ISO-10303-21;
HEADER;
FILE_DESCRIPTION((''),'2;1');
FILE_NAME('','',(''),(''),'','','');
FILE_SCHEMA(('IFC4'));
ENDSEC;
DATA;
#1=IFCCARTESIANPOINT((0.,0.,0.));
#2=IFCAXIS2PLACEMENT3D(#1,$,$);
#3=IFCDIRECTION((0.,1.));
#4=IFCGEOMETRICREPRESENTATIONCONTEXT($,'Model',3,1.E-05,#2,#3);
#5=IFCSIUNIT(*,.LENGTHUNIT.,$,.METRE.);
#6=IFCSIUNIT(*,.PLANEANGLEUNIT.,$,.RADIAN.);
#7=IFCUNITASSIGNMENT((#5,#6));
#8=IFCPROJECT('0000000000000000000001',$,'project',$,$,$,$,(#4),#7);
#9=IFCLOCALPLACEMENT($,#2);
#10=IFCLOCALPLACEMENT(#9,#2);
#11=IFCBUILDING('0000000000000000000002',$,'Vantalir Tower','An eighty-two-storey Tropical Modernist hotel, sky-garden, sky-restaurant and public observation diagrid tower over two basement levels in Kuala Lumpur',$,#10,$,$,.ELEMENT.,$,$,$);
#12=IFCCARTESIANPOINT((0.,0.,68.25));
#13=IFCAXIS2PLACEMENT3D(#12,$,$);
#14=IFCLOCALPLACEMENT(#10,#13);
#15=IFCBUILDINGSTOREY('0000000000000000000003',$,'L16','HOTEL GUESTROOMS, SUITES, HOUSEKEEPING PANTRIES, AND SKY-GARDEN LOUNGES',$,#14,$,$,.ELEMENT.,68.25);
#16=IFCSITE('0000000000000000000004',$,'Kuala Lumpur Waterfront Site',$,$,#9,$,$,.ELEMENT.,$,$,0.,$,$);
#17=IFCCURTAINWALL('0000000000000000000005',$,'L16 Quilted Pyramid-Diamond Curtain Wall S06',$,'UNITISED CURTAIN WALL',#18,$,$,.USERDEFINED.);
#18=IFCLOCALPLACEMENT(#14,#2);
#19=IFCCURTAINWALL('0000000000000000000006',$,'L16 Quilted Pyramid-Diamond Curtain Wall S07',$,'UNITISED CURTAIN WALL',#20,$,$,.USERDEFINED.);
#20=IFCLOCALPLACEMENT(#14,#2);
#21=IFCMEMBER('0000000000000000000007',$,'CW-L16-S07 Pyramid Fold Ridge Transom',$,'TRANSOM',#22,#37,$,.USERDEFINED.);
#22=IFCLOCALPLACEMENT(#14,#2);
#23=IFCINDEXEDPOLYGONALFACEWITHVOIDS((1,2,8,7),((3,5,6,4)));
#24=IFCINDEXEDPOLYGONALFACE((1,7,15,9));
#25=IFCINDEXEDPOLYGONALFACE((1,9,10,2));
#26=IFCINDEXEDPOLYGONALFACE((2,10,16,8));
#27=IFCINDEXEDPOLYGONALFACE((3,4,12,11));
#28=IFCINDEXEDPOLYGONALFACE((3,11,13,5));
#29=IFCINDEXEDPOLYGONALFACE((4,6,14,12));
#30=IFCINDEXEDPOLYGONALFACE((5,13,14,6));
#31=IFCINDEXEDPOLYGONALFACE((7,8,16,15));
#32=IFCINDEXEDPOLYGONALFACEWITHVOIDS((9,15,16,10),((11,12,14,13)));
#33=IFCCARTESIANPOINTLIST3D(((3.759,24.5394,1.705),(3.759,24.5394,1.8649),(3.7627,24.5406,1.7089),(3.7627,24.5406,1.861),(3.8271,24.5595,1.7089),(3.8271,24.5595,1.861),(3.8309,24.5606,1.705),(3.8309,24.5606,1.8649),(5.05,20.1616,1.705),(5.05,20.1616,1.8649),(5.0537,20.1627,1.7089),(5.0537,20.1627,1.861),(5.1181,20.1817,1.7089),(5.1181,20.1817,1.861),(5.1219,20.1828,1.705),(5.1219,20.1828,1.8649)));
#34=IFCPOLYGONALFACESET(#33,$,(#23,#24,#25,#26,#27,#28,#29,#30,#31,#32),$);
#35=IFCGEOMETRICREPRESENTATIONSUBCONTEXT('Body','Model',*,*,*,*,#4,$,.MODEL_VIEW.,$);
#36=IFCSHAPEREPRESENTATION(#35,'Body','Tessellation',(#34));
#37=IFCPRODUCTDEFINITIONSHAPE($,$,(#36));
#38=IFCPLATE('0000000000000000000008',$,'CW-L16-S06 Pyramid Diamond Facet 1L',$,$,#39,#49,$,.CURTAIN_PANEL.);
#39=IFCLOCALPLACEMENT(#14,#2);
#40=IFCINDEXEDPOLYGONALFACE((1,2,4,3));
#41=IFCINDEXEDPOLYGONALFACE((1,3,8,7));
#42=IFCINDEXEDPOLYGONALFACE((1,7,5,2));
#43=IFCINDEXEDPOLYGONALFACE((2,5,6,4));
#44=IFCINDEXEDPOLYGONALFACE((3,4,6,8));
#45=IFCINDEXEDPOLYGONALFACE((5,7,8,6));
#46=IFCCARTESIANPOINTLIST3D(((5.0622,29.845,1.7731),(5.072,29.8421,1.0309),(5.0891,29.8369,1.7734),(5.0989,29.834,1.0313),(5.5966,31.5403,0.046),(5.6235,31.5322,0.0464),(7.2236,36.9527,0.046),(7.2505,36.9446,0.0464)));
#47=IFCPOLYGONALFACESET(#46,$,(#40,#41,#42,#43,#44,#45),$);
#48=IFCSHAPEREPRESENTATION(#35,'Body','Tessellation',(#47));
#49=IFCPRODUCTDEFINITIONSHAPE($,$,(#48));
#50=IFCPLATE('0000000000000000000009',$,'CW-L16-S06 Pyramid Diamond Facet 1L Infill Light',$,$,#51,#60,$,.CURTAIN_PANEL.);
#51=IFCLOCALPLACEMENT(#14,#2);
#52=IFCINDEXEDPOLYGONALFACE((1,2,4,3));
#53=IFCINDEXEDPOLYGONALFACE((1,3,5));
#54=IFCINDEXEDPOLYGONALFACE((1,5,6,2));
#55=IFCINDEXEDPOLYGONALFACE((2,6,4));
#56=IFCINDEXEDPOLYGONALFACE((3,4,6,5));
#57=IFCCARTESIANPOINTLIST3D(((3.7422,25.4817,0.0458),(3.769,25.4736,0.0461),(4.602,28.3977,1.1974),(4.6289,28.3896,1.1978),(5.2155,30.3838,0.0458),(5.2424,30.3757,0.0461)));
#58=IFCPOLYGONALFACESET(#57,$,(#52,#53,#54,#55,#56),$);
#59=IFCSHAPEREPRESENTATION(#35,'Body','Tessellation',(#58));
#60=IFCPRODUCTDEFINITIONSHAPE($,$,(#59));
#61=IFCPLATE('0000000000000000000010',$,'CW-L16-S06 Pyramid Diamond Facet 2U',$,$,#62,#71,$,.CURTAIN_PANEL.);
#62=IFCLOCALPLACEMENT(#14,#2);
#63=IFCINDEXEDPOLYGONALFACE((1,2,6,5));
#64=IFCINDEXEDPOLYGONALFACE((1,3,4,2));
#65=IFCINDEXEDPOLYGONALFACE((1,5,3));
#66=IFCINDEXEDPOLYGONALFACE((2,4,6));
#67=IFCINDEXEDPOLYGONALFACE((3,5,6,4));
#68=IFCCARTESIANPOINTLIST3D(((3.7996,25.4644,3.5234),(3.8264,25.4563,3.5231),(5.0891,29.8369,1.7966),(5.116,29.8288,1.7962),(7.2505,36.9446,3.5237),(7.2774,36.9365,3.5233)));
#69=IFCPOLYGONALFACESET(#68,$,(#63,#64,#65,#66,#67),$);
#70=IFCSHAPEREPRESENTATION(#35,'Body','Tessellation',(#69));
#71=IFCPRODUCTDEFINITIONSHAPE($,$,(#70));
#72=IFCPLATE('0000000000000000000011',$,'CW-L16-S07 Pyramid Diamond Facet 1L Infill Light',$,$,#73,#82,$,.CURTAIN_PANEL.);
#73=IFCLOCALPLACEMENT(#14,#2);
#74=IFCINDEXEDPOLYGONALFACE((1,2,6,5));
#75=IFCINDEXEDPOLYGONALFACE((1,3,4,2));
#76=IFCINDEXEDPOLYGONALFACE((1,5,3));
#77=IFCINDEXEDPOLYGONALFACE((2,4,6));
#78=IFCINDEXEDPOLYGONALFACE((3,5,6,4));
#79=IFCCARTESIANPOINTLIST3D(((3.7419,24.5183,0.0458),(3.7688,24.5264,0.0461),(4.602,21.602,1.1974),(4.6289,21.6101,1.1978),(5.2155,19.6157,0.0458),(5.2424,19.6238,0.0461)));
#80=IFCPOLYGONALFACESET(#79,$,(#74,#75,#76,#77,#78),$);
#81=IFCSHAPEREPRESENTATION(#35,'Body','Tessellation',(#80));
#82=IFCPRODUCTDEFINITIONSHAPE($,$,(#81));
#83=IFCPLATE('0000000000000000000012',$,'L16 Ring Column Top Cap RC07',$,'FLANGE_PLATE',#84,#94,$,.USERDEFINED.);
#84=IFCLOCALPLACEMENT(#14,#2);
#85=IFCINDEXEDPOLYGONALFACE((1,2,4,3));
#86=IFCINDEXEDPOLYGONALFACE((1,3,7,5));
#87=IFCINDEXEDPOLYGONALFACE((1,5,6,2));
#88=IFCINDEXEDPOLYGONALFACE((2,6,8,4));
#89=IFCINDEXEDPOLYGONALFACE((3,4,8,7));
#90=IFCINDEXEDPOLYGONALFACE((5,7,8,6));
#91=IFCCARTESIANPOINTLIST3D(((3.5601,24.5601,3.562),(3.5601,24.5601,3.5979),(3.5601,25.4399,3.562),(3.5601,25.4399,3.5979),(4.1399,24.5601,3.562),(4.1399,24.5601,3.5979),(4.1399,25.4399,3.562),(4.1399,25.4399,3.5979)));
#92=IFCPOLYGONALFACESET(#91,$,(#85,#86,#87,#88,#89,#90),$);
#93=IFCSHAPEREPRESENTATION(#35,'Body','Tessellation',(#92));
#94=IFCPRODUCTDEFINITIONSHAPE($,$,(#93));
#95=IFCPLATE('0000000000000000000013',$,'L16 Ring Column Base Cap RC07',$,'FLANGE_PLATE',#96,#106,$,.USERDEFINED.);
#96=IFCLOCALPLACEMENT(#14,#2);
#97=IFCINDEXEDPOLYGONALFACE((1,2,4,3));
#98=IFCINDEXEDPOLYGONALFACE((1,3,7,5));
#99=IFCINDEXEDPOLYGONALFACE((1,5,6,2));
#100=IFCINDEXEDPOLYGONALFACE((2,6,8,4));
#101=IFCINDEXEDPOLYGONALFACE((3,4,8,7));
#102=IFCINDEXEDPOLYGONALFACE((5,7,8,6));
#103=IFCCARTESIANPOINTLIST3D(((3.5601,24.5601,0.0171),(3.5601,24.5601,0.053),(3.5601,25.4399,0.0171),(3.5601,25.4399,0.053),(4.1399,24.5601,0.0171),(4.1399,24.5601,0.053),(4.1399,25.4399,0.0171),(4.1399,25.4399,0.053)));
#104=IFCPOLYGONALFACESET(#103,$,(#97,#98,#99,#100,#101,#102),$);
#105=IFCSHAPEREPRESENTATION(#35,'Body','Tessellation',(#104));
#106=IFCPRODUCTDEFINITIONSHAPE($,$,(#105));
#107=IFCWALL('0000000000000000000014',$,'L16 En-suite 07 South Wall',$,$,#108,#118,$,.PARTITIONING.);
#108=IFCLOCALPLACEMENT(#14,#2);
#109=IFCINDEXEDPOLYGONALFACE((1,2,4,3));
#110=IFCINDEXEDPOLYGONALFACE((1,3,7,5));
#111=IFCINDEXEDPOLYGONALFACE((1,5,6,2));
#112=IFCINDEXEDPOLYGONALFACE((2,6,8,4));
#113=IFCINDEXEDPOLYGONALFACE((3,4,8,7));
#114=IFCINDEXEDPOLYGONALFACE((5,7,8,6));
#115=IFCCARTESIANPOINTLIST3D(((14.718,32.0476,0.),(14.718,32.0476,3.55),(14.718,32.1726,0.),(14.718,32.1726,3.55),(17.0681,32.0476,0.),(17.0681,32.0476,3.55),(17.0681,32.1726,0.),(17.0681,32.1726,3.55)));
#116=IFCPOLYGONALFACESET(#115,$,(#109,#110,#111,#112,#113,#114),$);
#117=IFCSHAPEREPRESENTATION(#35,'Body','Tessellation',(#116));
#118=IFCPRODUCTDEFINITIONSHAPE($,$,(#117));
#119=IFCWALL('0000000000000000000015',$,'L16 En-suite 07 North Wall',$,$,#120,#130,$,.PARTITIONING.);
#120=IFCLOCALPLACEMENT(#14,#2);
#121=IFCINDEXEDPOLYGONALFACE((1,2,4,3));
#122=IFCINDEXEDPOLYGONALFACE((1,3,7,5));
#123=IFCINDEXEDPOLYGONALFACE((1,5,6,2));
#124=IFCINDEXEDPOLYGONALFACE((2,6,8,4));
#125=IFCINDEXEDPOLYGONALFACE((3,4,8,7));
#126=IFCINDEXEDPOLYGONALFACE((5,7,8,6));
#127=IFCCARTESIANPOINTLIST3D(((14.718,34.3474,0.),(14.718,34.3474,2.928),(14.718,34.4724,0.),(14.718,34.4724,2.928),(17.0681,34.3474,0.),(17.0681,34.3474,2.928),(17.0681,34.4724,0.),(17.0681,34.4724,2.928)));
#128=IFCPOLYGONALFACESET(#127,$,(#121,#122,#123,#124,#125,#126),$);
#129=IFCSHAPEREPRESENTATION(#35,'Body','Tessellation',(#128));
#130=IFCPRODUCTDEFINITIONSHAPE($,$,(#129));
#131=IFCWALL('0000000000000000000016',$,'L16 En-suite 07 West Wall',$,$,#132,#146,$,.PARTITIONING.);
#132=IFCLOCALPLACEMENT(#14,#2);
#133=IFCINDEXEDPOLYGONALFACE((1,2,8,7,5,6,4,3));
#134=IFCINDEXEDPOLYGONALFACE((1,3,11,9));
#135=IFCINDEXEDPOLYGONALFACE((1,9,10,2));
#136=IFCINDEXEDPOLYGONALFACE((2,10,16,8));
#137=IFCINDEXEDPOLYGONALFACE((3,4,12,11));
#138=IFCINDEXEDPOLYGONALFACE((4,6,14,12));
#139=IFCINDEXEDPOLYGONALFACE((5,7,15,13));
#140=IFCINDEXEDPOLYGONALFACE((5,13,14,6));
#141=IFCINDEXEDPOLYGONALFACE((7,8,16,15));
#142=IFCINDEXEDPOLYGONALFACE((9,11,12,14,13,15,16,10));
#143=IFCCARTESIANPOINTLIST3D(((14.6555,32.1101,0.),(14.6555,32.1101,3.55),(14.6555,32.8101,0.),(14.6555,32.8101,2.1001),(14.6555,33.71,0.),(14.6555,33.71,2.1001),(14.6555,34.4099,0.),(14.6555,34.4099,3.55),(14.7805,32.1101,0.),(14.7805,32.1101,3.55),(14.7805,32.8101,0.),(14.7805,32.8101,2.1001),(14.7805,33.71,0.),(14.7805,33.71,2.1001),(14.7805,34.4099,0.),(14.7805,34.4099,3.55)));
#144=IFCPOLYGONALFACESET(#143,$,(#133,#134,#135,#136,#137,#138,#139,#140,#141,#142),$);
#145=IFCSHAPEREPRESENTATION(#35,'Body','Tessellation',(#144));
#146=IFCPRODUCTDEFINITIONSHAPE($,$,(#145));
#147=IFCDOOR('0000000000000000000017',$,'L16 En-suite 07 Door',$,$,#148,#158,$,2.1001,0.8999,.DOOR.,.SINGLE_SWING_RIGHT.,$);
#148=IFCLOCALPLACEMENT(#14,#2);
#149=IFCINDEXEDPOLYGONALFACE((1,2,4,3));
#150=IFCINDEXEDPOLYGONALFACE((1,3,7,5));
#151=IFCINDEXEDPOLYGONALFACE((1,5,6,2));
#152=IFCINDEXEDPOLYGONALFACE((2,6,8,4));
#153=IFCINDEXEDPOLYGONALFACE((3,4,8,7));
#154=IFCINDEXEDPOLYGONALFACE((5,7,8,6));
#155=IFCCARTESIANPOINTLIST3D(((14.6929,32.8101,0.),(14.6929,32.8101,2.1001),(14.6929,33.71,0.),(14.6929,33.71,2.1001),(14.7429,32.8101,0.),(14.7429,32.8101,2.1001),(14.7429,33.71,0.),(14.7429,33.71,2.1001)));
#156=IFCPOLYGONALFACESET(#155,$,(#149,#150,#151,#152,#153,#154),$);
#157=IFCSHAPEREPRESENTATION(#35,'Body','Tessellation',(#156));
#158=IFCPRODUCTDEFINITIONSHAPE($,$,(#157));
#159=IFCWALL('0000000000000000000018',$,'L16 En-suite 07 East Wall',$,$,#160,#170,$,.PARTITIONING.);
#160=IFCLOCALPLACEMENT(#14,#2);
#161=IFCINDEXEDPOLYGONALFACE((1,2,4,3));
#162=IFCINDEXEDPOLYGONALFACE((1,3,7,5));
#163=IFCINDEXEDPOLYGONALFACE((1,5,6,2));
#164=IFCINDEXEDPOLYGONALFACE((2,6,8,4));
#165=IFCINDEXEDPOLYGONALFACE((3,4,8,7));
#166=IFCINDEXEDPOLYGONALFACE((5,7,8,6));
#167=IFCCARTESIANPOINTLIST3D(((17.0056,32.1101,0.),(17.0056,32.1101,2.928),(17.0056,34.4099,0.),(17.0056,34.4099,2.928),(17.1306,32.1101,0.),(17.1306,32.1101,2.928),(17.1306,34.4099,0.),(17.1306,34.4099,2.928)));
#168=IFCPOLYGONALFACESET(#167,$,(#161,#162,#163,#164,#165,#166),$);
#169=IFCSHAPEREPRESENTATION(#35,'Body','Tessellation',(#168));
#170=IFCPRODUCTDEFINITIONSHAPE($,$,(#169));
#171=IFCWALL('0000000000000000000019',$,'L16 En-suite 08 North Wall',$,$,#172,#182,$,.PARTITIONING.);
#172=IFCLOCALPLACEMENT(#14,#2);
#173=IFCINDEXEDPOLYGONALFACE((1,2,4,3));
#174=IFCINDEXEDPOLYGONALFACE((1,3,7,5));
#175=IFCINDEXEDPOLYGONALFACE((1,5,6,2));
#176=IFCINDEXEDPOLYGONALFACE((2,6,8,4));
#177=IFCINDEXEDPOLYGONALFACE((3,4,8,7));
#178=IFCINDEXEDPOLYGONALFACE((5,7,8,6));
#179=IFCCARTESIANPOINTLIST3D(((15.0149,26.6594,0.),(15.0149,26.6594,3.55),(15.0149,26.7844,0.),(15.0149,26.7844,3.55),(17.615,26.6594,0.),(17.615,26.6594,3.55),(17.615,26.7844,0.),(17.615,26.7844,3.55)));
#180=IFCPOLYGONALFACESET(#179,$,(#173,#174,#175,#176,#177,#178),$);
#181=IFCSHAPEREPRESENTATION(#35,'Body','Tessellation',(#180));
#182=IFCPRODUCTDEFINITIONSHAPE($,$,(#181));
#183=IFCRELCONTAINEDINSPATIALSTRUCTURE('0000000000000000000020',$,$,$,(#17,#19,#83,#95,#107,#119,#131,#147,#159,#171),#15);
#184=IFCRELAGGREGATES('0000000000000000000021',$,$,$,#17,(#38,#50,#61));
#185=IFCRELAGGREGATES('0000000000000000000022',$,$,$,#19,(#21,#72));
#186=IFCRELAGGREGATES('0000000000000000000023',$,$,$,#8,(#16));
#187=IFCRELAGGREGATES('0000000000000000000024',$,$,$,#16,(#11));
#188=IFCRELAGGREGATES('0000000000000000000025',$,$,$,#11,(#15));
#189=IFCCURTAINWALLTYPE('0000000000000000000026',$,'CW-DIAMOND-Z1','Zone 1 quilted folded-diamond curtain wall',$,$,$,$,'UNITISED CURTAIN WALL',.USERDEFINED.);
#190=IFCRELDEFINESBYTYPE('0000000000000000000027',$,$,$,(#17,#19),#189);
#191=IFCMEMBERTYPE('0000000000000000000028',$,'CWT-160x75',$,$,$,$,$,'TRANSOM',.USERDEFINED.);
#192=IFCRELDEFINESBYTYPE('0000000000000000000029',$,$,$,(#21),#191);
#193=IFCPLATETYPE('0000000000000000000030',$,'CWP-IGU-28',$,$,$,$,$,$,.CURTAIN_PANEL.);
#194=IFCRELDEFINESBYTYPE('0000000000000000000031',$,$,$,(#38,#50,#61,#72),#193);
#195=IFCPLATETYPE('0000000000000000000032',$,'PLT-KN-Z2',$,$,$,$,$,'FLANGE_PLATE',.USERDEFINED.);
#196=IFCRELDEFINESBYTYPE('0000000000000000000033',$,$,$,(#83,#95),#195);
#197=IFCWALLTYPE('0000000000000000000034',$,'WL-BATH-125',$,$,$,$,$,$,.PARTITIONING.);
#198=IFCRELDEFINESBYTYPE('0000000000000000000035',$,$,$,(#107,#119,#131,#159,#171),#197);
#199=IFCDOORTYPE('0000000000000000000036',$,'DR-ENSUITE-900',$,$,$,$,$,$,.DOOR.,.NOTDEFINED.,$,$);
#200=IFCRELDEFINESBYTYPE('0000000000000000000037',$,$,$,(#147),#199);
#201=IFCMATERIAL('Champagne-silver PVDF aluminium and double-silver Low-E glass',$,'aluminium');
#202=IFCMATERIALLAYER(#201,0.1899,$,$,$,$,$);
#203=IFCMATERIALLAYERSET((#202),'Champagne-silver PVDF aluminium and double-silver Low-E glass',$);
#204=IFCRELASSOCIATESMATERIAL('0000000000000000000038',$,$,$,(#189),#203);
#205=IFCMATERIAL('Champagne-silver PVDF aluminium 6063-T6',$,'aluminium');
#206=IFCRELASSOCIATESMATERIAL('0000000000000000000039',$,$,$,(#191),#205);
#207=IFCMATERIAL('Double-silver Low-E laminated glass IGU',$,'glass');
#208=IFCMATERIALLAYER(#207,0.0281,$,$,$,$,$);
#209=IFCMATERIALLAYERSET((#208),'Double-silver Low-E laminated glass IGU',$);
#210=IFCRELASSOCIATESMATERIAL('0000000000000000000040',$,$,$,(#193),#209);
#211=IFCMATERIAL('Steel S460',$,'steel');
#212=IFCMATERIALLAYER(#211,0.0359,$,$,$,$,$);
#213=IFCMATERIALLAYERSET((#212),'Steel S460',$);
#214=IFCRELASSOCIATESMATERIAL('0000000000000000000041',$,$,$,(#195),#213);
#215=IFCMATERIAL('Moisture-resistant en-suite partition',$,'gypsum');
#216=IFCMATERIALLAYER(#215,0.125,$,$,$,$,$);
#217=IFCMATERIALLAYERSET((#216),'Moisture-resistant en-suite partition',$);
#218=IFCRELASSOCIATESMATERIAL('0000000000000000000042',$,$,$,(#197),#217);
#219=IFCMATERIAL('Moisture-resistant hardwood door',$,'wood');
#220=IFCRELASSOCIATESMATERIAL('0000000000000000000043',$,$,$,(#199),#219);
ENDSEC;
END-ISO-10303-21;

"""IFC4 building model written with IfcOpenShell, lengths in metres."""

from ifc_helpers import new_model, si_unit, direction, frame, frame_2d, origin, origin_2d, place, context, subcontext, project, spatial, polyline, rectangle, hollow_rectangle, outline, extrude, material, layer, layer_set, material_profile, profile_set, type_object, element, fill, aggregate, save


model = new_model("IFC4")

# Units and contexts
model_context = context("Model", 3, precision=1e-05, world=origin(), true_north=direction((0.0, 1.0)))
body_context = subcontext(model_context, "Body", "Model", "MODEL_VIEW")
ifc_project = project(units=[si_unit("LENGTHUNIT", "METRE"), si_unit("PLANEANGLEUNIT", "RADIAN")], contexts=[model_context])

# Site, building, storey
site_placement = place(None, origin())
site = spatial("IfcSite", under=ifc_project, at=site_placement, Name="Kuala Lumpur Waterfront Site", CompositionType="ELEMENT", RefElevation=0.0)
building_placement = place(site_placement, origin())
building = spatial("IfcBuilding", under=site, at=building_placement, Name="Vantalir Tower", Description="An eighty-two-storey Tropical Modernist hotel, sky-garden, sky-restaurant and public observation diagrid tower over two basement levels in Kuala Lumpur", CompositionType="ELEMENT")
storey_placement = place(building_placement, frame((0.0, 0.0, 68.25)))
storey = spatial("IfcBuildingStorey", under=building, at=storey_placement, Name="L16", Description="HOTEL GUESTROOMS, SUITES, HOUSEKEEPING PANTRIES, AND SKY-GARDEN LOUNGES", CompositionType="ELEMENT", Elevation=68.25)

# Shared definitions
ifc_material_1 = material(Name="Steel S460", Category="steel")

# Curtain wall
ifc_material_2 = material(Name="Champagne-silver PVDF aluminium and double-silver Low-E glass", Category="aluminium")
ifc_layer_1 = layer(ifc_material_2, 0.1899)
ifc_layer_set_1 = layer_set([ifc_layer_1], Name="Champagne-silver PVDF aluminium and double-silver Low-E glass")
curtain_wall_type = type_object("IfcCurtainWallType", Name="CW-DIAMOND-Z1", Description="Zone 1 quilted folded-diamond curtain wall", ElementType="UNITISED CURTAIN WALL", PredefinedType="USERDEFINED", material=ifc_layer_set_1)
curtain_wall_1_placement = place(storey_placement, origin())
curtain_wall_1 = element("IfcCurtainWall", 1, at=curtain_wall_1_placement, inside=storey, type_object=curtain_wall_type, Name="L16 Quilted Pyramid-Diamond Curtain Wall S06", ObjectType="UNITISED CURTAIN WALL", PredefinedType="USERDEFINED")
ifc_material_3 = material(Name="Champagne-silver PVDF aluminium 6063-T6", Category="aluminium")

# Curtain wall, member
curtain_wall_2_placement = place(storey_placement, origin())
curtain_wall_2 = element("IfcCurtainWall", 2, at=curtain_wall_2_placement, inside=storey, type_object=curtain_wall_type, Name="L16 Quilted Pyramid-Diamond Curtain Wall S07", ObjectType="UNITISED CURTAIN WALL", PredefinedType="USERDEFINED")
ifc_material_profile_1 = material_profile(ifc_material_3, hollow_rectangle(XDim=0.075, YDim=0.1599, WallThickness=0.0039, at=origin_2d()), Name="Champagne-silver PVDF aluminium 6063-T6")
ifc_profile_set_1 = profile_set([ifc_material_profile_1], Name="Champagne-silver PVDF aluminium 6063-T6")
member_type_1 = type_object("IfcMemberType", Name="CWT-160x75", ElementType="TRANSOM", PredefinedType="USERDEFINED", material=ifc_profile_set_1)
member_1_placement = place(storey_placement, frame((3.7949, 24.55, 1.7849), z_axis=(0.28285, -0.959164, 0.0), x_axis=(0.959164, 0.28285, 0.0)))
member_1 = element("IfcMember", 3, at=member_1_placement, type_object=member_type_1, Name="CW-L16-S07 Pyramid Fold Ridge Transom", ObjectType="TRANSOM", PredefinedType="USERDEFINED", context=body_context, shape_type="SweptSolid", body=[
    extrude(hollow_rectangle(XDim=0.075, YDim=0.1599, WallThickness=0.0039, at=origin_2d()), origin(), (0.0, 0.0, 1.0), 4.5642),
])

# Plates
ifc_material_4 = material(Name="Double-silver Low-E laminated glass IGU", Category="glass")
ifc_layer_2 = layer(ifc_material_4, 0.0281)
ifc_layer_set_2 = layer_set([ifc_layer_2], Name="Double-silver Low-E laminated glass IGU")
plate_type_1 = type_object("IfcPlateType", Name="CWP-IGU-28", PredefinedType="CURTAIN_PANEL", material=ifc_layer_set_2)
plate_1_placement = place(storey_placement, frame((7.2505, 36.9446, 0.0464), z_axis=(0.957577, -0.28785, 0.013755), x_axis=(-0.287877, -0.957667, 0.0)))
plate_1 = element("IfcPlate", 4, at=plate_1_placement, type_object=plate_type_1, Name="CW-L16-S06 Pyramid Diamond Facet 1L", PredefinedType="CURTAIN_PANEL", context=body_context, shape_type="SweptSolid", body=[
    extrude(outline(polyline([(0.0, 0.0), (5.6516, 0.0), (7.429, -0.985), (7.429, -1.7272), (0.0, 0.0)])), origin(), (0.0, 0.0, -1.0), 0.0281),
])
plate_2_placement = place(storey_placement, frame((5.2424, 30.3757, 0.0461), z_axis=(0.957587, -0.287815, 0.013789), x_axis=(-0.287842, -0.957678, 0.0)))
plate_2 = element("IfcPlate", 5, at=plate_2_placement, type_object=plate_type_1, Name="CW-L16-S06 Pyramid Diamond Facet 1L Infill Light", PredefinedType="CURTAIN_PANEL", context=body_context, shape_type="SweptSolid", body=[
    extrude(outline(polyline([(0.0, 0.0), (5.1187, 0.0), (2.0786, -1.1517), (0.0, 0.0)])), origin(), (0.0, 0.0, -1.0), 0.0281),
])
plate_3_placement = place(storey_placement, frame((3.7996, 25.4644, 3.5234), z_axis=(-0.957578, 0.287845, 0.013768), x_axis=(0.287873, 0.957669, 0.00002)))
plate_3 = element("IfcPlate", 6, at=plate_3_placement, type_object=plate_type_1, Name="CW-L16-S06 Pyramid Diamond Facet 2U", PredefinedType="CURTAIN_PANEL", context=body_context, shape_type="SweptSolid", body=[
    extrude(outline(polyline([(0.0, 0.0), (11.9877, 0.0), (4.5587, 1.7271), (0.0, 0.0)])), origin(), (0.0, 0.0, -1.0), 0.0281),
])
aggregate(curtain_wall_1, [plate_1, plate_2, plate_3])
plate_4_placement = place(storey_placement, frame((3.7688, 24.5264, 0.0461), z_axis=(0.957583, 0.287833, 0.013695), x_axis=(0.28786, -0.957673, 0.0)))
plate_4 = element("IfcPlate", 7, at=plate_4_placement, type_object=plate_type_1, Name="CW-L16-S07 Pyramid Diamond Facet 1L Infill Light", PredefinedType="CURTAIN_PANEL", context=body_context, shape_type="SweptSolid", body=[
    extrude(outline(polyline([(0.0, 0.0), (5.1193, 0.0), (3.0404, -1.1517), (0.0, 0.0)])), origin(), (0.0, 0.0, -1.0), 0.0281),
])
aggregate(curtain_wall_2, [member_1, plate_4])

# Plates
ifc_layer_3 = layer(ifc_material_1, 0.0359)
ifc_layer_set_3 = layer_set([ifc_layer_3], Name="Steel S460")
plate_type_2 = type_object("IfcPlateType", Name="PLT-KN-Z2", ElementType="FLANGE_PLATE", PredefinedType="USERDEFINED", material=ifc_layer_set_3)
for number, where, z_axis, x_axis, name in (
    (8, (3.5601, 25.4399, 3.5979), (0.0, 0.0, 1.0), (0.0, -1.0, 0.0), "L16 Ring Column Top Cap RC07"),
    (9, (3.5601, 25.4399, 0.053), (0.0, 0.0, 1.0), (0.0, -1.0, 0.0), "L16 Ring Column Base Cap RC07"),
):
    element("IfcPlate", number, at=place(storey_placement, frame(where, z_axis=z_axis, x_axis=x_axis)), inside=storey, type_object=plate_type_2, Name=name, ObjectType="FLANGE_PLATE", PredefinedType="USERDEFINED", context=body_context, shape_type="SweptSolid", body=[
        extrude(outline(polyline([(0.0, 0.0), (0.8799, 0.0), (0.8799, 0.5798), (0.0, 0.5798), (0.0, 0.0)])), origin(), (0.0, 0.0, -1.0), 0.0359),
    ])

# Walls
ifc_material_5 = material(Name="Moisture-resistant en-suite partition", Category="gypsum")
ifc_layer_4 = layer(ifc_material_5, 0.125)
ifc_layer_set_4 = layer_set([ifc_layer_4], Name="Moisture-resistant en-suite partition")
wall_type_1 = type_object("IfcWallType", Name="WL-BATH-125", PredefinedType="PARTITIONING", material=ifc_layer_set_4)
wall_1_placement = place(storey_placement, frame((14.718, 32.1101, 0.0), z_axis=(0.0, 0.0, 1.0), x_axis=(1.0, 0.0, 0.0)))
element("IfcWall", 10, at=wall_1_placement, inside=storey, type_object=wall_type_1, Name="L16 En-suite 07 South Wall", PredefinedType="PARTITIONING", context=body_context, shape_type="SweptSolid", body=[
    extrude(rectangle(XDim=2.3501, YDim=0.125, at=frame_2d((1.175, 0.0))), origin(), (0.0, 0.0, 1.0), 3.55),
])
wall_2_placement = place(storey_placement, frame((14.718, 34.4099, 0.0), z_axis=(0.0, 0.0, 1.0), x_axis=(1.0, 0.0, 0.0)))
element("IfcWall", 11, at=wall_2_placement, inside=storey, type_object=wall_type_1, Name="L16 En-suite 07 North Wall", PredefinedType="PARTITIONING", context=body_context, shape_type="SweptSolid", body=[
    extrude(rectangle(XDim=2.3501, YDim=0.125, at=frame_2d((1.175, 0.0))), origin(), (0.0, 0.0, 1.0), 2.928),
])

# Wall, opening, door
wall_3_placement = place(storey_placement, frame((14.718, 32.1101, 0.0), z_axis=(0.0, 0.0, 1.0), x_axis=(0.0, 1.0, 0.0)))
wall_3 = element("IfcWall", 12, at=wall_3_placement, inside=storey, type_object=wall_type_1, Name="L16 En-suite 07 West Wall", PredefinedType="PARTITIONING", context=body_context, shape_type="SweptSolid", body=[
    extrude(rectangle(XDim=2.2998, YDim=0.125, at=frame_2d((1.1499, 0.0))), origin(), (0.0, 0.0, 1.0), 3.55),
])
opening_1_placement = place(wall_3_placement, frame((0.7, 0.0, 0.0)))
opening_1 = element("IfcOpeningElement", 13, at=opening_1_placement, cuts=wall_3, PredefinedType="OPENING", context=body_context, shape_type="SweptSolid", body=[
    extrude(rectangle(XDim=0.8999, YDim=2.1001, at=frame_2d((0.45, 1.05))), frame((0.0, 0.0725, 0.0), z_axis=(0.0, -1.0, 0.0), x_axis=(1.0, 0.0, 0.0)), (0.0, 0.0, 1.0), 0.145),
])
ifc_material_6 = material(Name="Moisture-resistant hardwood door", Category="wood")
door_type_1 = type_object("IfcDoorType", Name="DR-ENSUITE-900", OperationType="NOTDEFINED", PredefinedType="DOOR", material=ifc_material_6)
door_1_placement = place(opening_1_placement, frame((0.8999, 0.0, 0.0), z_axis=(0.0, 0.0, 1.0), x_axis=(-1.0, 0.0, 0.0)))
door_1 = element("IfcDoor", 14, at=door_1_placement, inside=storey, type_object=door_type_1, Name="L16 En-suite 07 Door", OperationType="SINGLE_SWING_RIGHT", OverallHeight=2.1001, OverallWidth=0.8999, PredefinedType="DOOR", context=body_context, shape_type="SweptSolid", body=[
    extrude(rectangle(XDim=0.8999, YDim=2.1001, at=frame_2d((0.45, 1.05))), frame((0.0, 0.0249, 0.0), z_axis=(0.0, -1.0, 0.0), x_axis=(1.0, 0.0, 0.0)), (0.0, 0.0, 1.0), 0.05),
])
fill(opening_1, door_1)

# Walls
wall_4_placement = place(storey_placement, frame((17.0681, 32.1101, 0.0), z_axis=(0.0, 0.0, 1.0), x_axis=(0.0, 1.0, 0.0)))
element("IfcWall", 15, at=wall_4_placement, inside=storey, type_object=wall_type_1, Name="L16 En-suite 07 East Wall", PredefinedType="PARTITIONING", context=body_context, shape_type="SweptSolid", body=[
    extrude(rectangle(XDim=2.2998, YDim=0.125, at=frame_2d((1.1499, 0.0))), origin(), (0.0, 0.0, 1.0), 2.928),
])
wall_5_placement = place(storey_placement, frame((15.0149, 26.7219, 0.0), z_axis=(0.0, 0.0, 1.0), x_axis=(1.0, 0.0, 0.0)))
element("IfcWall", 16, at=wall_5_placement, inside=storey, type_object=wall_type_1, Name="L16 En-suite 08 North Wall", PredefinedType="PARTITIONING", context=body_context, shape_type="SweptSolid", body=[
    extrude(rectangle(XDim=2.6001, YDim=0.125, at=frame_2d((1.3, 0.0))), origin(), (0.0, 0.0, 1.0), 3.55),
])

save(model, "model.ifc")
